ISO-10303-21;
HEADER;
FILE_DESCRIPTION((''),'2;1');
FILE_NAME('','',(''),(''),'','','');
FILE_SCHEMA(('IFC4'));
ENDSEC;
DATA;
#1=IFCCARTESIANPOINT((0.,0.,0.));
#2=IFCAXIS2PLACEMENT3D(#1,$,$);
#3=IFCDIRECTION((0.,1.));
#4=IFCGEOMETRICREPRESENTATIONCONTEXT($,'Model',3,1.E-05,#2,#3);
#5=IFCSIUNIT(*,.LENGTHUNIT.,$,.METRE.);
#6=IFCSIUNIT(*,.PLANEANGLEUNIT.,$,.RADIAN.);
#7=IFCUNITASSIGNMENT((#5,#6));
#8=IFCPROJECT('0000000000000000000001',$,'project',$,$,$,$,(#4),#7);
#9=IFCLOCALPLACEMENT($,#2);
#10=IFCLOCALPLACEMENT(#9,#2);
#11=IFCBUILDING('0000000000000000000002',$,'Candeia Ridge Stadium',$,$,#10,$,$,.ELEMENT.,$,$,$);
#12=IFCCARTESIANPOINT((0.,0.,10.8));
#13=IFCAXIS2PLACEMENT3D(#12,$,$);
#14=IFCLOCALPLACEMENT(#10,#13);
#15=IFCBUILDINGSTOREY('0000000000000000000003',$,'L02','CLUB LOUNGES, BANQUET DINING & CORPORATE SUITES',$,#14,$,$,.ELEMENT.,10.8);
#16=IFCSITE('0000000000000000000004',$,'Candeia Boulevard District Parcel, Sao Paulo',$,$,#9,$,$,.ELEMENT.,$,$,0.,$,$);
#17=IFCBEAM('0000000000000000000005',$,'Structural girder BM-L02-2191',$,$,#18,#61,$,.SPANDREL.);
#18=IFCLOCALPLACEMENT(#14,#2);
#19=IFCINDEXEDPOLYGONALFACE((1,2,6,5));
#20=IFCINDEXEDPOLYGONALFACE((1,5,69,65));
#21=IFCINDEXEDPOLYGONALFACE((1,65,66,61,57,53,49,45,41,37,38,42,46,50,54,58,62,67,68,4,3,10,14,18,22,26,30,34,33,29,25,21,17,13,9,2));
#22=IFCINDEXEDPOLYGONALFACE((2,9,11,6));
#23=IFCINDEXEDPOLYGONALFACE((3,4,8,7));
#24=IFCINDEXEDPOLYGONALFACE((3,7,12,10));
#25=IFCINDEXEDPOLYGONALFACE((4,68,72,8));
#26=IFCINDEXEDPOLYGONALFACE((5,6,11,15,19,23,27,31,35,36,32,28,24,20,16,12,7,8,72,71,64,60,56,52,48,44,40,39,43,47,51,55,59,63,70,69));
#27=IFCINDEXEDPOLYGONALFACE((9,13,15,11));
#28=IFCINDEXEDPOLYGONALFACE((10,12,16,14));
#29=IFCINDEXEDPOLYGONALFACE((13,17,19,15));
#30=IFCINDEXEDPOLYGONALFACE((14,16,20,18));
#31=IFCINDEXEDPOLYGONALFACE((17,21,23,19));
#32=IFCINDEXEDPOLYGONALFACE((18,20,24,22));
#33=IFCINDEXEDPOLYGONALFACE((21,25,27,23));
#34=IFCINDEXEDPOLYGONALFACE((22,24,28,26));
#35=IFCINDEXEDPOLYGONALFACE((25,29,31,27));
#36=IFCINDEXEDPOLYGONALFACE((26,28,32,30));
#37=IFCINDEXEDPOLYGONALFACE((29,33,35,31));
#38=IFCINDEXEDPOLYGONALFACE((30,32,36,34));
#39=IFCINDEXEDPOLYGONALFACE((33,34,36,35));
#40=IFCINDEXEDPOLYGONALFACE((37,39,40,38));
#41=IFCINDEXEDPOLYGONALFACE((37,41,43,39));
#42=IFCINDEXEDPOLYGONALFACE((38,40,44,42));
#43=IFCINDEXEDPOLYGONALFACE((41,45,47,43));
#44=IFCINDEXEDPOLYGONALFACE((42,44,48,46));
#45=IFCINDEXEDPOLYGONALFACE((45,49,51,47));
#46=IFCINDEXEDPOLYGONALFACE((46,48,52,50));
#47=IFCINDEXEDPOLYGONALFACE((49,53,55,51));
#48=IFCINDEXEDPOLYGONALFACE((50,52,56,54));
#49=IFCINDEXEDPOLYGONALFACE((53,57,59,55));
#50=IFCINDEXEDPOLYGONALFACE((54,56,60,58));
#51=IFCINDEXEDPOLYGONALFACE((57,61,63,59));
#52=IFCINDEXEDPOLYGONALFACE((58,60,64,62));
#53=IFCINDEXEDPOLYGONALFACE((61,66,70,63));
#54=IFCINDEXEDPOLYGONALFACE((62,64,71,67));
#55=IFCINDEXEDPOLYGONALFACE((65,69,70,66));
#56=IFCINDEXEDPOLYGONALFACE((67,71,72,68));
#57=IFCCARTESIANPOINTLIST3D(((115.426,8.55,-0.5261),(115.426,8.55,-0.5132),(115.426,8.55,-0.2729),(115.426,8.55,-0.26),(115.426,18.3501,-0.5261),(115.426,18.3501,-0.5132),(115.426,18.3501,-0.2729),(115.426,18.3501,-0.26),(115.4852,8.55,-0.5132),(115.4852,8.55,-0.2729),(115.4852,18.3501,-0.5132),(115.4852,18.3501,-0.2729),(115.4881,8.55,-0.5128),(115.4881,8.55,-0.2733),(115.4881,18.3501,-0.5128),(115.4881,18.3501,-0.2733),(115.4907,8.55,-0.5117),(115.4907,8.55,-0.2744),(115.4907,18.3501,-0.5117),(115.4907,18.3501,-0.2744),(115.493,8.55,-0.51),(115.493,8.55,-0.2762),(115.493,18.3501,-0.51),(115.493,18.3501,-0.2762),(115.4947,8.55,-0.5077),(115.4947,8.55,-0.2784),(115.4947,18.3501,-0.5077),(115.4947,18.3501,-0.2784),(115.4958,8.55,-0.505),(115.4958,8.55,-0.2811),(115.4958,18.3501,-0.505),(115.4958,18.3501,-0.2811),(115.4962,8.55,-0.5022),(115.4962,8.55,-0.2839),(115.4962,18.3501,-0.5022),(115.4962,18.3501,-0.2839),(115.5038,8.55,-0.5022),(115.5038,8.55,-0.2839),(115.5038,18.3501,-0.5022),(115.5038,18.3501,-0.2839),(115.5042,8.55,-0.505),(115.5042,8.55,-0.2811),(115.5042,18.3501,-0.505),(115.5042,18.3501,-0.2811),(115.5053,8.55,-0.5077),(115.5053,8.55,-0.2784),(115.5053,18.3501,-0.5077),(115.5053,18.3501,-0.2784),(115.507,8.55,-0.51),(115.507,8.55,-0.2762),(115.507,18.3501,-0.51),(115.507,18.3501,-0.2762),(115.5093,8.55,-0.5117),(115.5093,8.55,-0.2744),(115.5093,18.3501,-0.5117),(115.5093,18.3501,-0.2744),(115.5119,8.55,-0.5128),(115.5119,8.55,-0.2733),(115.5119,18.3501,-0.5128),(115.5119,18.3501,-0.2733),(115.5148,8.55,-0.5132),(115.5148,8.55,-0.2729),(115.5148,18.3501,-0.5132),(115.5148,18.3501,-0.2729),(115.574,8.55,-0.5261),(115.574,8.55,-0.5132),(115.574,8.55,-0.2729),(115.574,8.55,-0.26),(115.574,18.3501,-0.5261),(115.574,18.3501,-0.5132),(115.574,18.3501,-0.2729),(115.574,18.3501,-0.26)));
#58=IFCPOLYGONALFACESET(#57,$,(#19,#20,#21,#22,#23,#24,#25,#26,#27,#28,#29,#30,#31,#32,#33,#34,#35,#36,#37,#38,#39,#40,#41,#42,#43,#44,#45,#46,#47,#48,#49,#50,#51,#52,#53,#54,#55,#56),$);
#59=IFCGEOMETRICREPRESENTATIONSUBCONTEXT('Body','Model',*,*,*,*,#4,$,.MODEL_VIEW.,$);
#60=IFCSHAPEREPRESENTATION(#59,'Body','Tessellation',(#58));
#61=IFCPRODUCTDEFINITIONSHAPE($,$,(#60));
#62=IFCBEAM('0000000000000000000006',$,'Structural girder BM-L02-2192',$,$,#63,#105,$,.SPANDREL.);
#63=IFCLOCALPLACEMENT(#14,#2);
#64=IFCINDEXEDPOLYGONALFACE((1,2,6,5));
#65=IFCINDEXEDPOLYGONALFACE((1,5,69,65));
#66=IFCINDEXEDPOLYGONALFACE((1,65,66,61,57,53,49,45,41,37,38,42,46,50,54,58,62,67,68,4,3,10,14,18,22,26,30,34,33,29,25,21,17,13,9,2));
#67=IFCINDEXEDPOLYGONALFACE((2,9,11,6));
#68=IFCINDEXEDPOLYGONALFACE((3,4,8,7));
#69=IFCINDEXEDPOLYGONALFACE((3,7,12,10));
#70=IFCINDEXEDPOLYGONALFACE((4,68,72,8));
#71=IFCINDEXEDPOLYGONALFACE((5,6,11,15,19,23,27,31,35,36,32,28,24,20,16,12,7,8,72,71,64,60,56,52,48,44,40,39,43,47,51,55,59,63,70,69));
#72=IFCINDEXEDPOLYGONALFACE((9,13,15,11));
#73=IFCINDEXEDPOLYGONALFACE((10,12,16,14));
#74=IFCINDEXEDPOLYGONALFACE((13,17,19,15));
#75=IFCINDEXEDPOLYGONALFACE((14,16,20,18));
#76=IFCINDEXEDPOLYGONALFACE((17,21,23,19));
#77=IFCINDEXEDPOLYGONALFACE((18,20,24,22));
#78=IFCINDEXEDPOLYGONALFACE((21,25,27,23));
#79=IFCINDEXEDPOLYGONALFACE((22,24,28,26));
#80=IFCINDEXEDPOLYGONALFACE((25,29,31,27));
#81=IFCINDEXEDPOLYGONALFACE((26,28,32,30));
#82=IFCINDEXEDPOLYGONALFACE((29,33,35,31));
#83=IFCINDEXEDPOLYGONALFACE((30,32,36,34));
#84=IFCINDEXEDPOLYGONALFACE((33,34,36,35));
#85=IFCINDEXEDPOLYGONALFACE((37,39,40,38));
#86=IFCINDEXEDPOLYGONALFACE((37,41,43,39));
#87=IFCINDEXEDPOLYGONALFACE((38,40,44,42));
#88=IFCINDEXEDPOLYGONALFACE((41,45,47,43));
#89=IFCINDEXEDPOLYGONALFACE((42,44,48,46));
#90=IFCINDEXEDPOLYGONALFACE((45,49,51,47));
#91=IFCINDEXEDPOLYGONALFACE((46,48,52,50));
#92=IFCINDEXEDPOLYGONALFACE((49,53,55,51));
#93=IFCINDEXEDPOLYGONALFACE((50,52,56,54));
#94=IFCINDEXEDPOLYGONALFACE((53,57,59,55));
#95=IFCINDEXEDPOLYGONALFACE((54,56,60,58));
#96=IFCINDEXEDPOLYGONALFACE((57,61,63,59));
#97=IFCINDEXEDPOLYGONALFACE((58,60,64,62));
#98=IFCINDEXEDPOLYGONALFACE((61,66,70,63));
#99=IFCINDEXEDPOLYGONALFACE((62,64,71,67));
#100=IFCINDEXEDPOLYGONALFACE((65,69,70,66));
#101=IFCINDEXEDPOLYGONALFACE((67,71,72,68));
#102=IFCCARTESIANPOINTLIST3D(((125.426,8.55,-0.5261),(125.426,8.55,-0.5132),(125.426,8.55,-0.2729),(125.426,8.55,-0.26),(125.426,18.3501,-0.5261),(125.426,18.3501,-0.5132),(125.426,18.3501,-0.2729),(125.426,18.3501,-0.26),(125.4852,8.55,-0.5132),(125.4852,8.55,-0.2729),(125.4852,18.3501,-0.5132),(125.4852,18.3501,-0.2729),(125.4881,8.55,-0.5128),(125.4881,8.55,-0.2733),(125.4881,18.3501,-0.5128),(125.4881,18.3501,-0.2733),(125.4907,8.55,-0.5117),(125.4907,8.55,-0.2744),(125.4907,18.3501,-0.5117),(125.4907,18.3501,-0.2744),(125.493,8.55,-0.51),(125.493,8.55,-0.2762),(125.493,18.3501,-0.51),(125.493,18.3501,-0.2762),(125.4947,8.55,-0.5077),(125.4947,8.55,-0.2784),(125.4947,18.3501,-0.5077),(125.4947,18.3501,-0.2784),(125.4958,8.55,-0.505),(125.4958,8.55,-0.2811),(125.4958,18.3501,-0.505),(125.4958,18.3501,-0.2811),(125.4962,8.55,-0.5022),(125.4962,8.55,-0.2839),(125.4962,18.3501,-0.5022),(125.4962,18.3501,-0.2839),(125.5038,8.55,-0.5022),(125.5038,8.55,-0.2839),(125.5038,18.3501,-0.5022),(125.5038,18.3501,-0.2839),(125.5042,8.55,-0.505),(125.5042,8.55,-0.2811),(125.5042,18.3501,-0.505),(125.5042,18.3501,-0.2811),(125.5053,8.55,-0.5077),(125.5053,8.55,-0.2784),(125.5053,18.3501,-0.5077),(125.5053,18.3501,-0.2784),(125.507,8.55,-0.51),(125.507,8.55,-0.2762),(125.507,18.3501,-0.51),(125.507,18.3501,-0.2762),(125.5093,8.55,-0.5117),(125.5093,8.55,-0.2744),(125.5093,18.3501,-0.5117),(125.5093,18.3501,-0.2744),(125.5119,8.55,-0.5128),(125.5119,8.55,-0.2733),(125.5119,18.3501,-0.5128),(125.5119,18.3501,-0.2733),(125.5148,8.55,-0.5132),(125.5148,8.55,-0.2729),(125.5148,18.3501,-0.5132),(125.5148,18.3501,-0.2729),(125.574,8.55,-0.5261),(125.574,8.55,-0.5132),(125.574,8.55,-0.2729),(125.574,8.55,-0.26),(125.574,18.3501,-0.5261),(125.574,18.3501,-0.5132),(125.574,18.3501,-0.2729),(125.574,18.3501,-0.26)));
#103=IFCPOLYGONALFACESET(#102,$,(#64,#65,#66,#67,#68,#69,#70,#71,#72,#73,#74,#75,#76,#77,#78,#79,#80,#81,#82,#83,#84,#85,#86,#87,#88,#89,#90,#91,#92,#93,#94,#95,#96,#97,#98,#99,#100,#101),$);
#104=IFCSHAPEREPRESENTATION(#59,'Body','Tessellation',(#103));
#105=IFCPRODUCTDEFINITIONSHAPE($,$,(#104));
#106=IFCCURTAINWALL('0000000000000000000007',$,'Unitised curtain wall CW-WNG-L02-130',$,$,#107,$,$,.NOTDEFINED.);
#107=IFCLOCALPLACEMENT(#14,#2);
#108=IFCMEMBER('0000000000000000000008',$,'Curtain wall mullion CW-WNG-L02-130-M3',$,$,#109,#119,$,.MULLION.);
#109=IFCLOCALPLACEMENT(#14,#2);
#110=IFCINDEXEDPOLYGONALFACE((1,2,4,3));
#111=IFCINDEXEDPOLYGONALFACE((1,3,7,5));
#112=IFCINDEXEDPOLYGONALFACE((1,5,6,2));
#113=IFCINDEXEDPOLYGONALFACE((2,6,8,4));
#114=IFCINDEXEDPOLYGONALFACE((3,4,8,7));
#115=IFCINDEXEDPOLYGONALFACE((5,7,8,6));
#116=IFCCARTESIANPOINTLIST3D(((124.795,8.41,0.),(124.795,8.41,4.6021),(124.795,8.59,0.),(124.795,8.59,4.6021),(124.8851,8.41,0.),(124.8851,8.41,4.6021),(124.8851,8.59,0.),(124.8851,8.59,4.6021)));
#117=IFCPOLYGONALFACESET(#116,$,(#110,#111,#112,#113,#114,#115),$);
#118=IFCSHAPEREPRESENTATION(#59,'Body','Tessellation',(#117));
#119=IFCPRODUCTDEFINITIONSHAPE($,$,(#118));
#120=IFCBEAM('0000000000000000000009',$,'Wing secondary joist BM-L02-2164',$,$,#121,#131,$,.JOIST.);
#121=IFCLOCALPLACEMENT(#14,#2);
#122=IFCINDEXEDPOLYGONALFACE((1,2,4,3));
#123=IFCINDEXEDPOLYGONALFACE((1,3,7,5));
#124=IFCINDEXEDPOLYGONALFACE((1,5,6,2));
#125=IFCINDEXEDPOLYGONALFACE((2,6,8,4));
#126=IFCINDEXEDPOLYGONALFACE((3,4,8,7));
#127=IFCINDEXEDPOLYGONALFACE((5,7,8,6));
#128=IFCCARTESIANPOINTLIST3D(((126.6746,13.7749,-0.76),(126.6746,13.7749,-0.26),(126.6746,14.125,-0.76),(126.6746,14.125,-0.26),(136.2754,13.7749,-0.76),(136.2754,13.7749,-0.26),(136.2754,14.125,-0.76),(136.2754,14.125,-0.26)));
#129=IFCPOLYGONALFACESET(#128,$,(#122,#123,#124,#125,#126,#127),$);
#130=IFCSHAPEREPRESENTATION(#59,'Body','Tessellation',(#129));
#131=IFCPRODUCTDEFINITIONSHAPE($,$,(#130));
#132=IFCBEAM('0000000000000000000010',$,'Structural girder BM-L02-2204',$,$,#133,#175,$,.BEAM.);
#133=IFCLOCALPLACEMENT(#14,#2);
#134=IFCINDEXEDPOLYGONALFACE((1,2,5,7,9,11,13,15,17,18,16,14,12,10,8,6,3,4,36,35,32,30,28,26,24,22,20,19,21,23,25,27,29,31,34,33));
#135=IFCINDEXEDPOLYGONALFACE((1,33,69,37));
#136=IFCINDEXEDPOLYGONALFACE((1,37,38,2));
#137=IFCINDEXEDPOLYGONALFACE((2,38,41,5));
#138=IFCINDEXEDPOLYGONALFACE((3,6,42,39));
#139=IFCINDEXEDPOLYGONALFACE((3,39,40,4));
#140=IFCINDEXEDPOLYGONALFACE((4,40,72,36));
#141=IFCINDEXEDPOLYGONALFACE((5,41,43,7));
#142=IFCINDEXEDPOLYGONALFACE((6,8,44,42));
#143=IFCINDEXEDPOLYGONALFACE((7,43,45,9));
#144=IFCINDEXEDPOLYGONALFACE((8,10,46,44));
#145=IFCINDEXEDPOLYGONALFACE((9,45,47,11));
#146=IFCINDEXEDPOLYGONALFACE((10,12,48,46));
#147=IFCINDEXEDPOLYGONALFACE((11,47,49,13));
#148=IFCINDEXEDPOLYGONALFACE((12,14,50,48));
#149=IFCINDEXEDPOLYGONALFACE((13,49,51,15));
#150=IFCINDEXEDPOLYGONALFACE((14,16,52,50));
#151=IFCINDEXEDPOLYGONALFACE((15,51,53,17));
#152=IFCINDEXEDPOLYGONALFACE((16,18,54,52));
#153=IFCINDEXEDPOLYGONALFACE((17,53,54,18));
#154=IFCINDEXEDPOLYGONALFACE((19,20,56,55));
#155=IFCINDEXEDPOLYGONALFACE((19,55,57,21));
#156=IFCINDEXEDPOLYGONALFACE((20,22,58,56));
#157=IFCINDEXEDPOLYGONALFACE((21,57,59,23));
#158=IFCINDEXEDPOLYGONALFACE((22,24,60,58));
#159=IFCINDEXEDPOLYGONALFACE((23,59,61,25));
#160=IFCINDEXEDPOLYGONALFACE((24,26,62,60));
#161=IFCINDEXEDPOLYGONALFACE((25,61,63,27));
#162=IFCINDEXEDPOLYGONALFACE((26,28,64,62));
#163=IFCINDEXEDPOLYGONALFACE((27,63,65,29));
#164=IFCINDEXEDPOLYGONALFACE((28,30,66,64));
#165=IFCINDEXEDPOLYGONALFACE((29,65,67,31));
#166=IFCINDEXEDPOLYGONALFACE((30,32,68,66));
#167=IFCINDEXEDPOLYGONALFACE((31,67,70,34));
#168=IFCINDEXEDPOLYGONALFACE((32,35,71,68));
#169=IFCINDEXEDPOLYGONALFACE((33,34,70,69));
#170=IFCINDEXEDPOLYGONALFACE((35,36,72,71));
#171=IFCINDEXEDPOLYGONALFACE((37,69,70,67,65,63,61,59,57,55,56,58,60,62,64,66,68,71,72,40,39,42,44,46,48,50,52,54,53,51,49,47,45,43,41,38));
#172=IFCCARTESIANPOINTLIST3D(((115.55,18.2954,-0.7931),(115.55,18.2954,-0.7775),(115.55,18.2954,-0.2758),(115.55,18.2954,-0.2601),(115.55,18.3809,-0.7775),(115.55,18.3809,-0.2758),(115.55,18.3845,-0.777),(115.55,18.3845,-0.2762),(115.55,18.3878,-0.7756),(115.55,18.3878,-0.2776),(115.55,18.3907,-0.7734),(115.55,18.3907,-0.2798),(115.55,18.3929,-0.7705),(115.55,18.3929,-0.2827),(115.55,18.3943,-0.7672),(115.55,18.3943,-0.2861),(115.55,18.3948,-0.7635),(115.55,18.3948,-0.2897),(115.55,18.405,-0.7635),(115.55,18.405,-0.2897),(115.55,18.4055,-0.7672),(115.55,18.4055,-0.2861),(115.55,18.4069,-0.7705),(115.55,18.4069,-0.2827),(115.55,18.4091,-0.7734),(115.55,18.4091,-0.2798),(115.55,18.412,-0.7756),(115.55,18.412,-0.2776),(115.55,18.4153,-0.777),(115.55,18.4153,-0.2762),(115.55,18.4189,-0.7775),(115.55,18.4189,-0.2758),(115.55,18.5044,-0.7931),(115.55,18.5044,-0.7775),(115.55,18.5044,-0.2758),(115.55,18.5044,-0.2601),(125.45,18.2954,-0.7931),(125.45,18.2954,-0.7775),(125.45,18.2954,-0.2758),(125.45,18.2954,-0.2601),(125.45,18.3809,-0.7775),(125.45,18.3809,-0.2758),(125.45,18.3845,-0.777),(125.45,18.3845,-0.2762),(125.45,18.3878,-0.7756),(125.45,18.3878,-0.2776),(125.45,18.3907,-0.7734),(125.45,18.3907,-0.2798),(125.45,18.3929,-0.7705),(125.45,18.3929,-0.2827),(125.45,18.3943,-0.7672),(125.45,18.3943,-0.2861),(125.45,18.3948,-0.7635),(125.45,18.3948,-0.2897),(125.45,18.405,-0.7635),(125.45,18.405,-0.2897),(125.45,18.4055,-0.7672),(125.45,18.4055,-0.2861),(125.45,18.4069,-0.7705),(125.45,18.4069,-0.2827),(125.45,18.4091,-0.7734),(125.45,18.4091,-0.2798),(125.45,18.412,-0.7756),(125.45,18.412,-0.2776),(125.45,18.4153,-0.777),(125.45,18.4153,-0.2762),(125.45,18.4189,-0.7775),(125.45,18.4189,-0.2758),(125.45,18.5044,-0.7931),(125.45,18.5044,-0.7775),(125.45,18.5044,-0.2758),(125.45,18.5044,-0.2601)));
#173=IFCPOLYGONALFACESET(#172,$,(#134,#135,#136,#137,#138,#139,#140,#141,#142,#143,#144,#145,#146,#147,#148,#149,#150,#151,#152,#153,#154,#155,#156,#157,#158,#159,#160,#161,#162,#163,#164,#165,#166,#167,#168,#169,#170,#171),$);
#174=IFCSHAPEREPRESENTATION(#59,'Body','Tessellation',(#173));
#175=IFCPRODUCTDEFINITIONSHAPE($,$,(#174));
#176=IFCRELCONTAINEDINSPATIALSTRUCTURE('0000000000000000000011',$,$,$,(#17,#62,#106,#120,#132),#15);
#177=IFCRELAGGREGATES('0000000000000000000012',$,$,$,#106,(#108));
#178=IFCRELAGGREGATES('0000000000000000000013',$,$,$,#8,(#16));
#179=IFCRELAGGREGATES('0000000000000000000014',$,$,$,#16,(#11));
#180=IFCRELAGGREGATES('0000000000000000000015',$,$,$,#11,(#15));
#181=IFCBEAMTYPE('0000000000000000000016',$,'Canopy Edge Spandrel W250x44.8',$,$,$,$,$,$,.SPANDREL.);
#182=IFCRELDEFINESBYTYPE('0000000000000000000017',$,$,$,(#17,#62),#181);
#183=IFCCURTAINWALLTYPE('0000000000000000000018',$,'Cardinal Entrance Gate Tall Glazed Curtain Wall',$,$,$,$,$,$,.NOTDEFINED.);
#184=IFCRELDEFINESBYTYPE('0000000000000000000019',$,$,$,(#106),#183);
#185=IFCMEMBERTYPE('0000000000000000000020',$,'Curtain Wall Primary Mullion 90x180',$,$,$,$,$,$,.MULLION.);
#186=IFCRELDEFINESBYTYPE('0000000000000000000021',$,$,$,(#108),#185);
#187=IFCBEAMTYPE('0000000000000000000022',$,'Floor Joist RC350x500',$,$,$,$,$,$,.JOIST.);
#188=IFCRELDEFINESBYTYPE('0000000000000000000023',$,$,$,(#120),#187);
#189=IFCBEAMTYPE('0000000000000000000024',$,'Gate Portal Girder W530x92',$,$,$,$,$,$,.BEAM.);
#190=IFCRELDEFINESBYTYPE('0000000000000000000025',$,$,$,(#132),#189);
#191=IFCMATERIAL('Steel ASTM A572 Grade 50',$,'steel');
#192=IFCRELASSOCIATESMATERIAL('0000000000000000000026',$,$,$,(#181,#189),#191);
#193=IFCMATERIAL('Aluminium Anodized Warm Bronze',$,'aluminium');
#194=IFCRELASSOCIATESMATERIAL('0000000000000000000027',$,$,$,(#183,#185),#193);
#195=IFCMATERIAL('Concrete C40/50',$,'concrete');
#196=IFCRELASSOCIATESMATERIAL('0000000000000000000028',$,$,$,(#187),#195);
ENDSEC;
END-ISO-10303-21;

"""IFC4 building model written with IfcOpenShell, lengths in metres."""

from ifc_helpers import new_model, si_unit, direction, frame, origin, origin_2d, place, context, subcontext, project, spatial, rectangle, i_section, extrude, material, material_profile, profile_set, type_object, element, aggregate, save


model = new_model("IFC4")

# Units and contexts
model_context = context("Model", 3, precision=1e-05, world=origin(), true_north=direction((0.0, 1.0)))
body_context = subcontext(model_context, "Body", "Model", "MODEL_VIEW")
ifc_project = project(units=[si_unit("LENGTHUNIT", "METRE"), si_unit("PLANEANGLEUNIT", "RADIAN")], contexts=[model_context])

# Site, building, storey
site_placement = place(None, origin())
site = spatial("IfcSite", under=ifc_project, at=site_placement, Name="Candeia Boulevard District Parcel, Sao Paulo", CompositionType="ELEMENT", RefElevation=0.0)
building_placement = place(site_placement, origin())
building = spatial("IfcBuilding", under=site, at=building_placement, Name="Candeia Ridge Stadium", CompositionType="ELEMENT")
storey_placement = place(building_placement, frame((0.0, 0.0, 10.8)))
storey = spatial("IfcBuildingStorey", under=building, at=storey_placement, Name="L02", Description="CLUB LOUNGES, BANQUET DINING & CORPORATE SUITES", CompositionType="ELEMENT", Elevation=10.8)

# Shared definitions
ifc_material_1 = material(Name="Steel ASTM A572 Grade 50", Category="steel")
ifc_material_2 = material(Name="Concrete C40/50", Category="concrete")

# Beams
ifc_material_profile_1 = material_profile(ifc_material_1, i_section(OverallWidth=0.1479, OverallDepth=0.2661, WebThickness=0.0076, FlangeThickness=0.0129, FilletRadius=0.011, at=origin_2d()), Name="W250x44.8", Category="steel")
ifc_profile_set_1 = profile_set([ifc_material_profile_1], Name="Steel ASTM A572 Grade 50")
beam_type_1 = type_object("IfcBeamType", Name="Canopy Edge Spandrel W250x44.8", PredefinedType="SPANDREL", material=ifc_profile_set_1)
for number, where, z_axis, x_axis, name in (
    (1, (115.5, 8.55, -0.3931), (0.0, 1.0, 0.0), (-1.0, 0.0, 0.0), "Structural girder BM-L02-2191"),
    (2, (125.5, 8.55, -0.3931), (0.0, 1.0, 0.0), (-1.0, 0.0, 0.0), "Structural girder BM-L02-2192"),
):
    element("IfcBeam", number, at=place(storey_placement, frame(where, z_axis=z_axis, x_axis=x_axis)), inside=storey, type_object=beam_type_1, Name=name, PredefinedType="SPANDREL", context=body_context, shape_type="SweptSolid", body=[
        extrude(i_section(OverallWidth=0.1479, OverallDepth=0.2661, WebThickness=0.0076, FlangeThickness=0.0129, FilletRadius=0.011, at=origin_2d()), origin(), (0.0, 0.0, 1.0), 9.8),
    ])

# Curtain wall, member
ifc_material_3 = material(Name="Aluminium Anodized Warm Bronze", Category="aluminium")
curtain_wall_type = type_object("IfcCurtainWallType", Name="Cardinal Entrance Gate Tall Glazed Curtain Wall", PredefinedType="NOTDEFINED", material=ifc_material_3)
curtain_wall_placement = place(storey_placement, origin())
curtain_wall = element("IfcCurtainWall", 3, at=curtain_wall_placement, inside=storey, type_object=curtain_wall_type, Name="Unitised curtain wall CW-WNG-L02-130", PredefinedType="NOTDEFINED")
ifc_material_profile_2 = material_profile(ifc_material_3, rectangle(XDim=0.0901, YDim=0.1799, at=origin_2d()), Name="CWM-90x180", Category="aluminium")
ifc_profile_set_2 = profile_set([ifc_material_profile_2], Name="Aluminium Anodized Warm Bronze")
member_type = type_object("IfcMemberType", Name="Curtain Wall Primary Mullion 90x180", PredefinedType="MULLION", material=ifc_profile_set_2)
member_placement = place(storey_placement, frame((124.8401, 8.5, 0.0), z_axis=(0.0, 0.0, 1.0), x_axis=(1.0, 0.0, 0.0)))
member = element("IfcMember", 4, at=member_placement, type_object=member_type, Name="Curtain wall mullion CW-WNG-L02-130-M3", PredefinedType="MULLION", context=body_context, shape_type="SweptSolid", body=[
    extrude(rectangle(XDim=0.0901, YDim=0.1799, at=origin_2d()), origin(), (0.0, 0.0, 1.0), 4.6021),
])

# Beams
ifc_material_profile_3 = material_profile(ifc_material_2, rectangle(XDim=0.3501, YDim=0.5, at=origin_2d()), Name="RC350x500", Category="concrete")
ifc_profile_set_3 = profile_set([ifc_material_profile_3], Name="Concrete C40/50")
beam_type_2 = type_object("IfcBeamType", Name="Floor Joist RC350x500", PredefinedType="JOIST", material=ifc_profile_set_3)
beam_1_placement = place(storey_placement, frame((126.6746, 13.95, -0.51), z_axis=(1.0, 0.0, 0.0), x_axis=(0.0, 1.0, 0.0)))
element("IfcBeam", 5, at=beam_1_placement, inside=storey, type_object=beam_type_2, Name="Wing secondary joist BM-L02-2164", PredefinedType="JOIST", context=body_context, shape_type="SweptSolid", body=[
    extrude(rectangle(XDim=0.3501, YDim=0.5, at=origin_2d()), origin(), (0.0, 0.0, 1.0), 9.6008),
])
ifc_material_profile_4 = material_profile(ifc_material_1, i_section(OverallWidth=0.209, OverallDepth=0.533, WebThickness=0.0103, FlangeThickness=0.0156, FilletRadius=0.0139, at=origin_2d()), Name="W530x92", Category="steel")
ifc_profile_set_4 = profile_set([ifc_material_profile_4], Name="Steel ASTM A572 Grade 50")
beam_type_3 = type_object("IfcBeamType", Name="Gate Portal Girder W530x92", PredefinedType="BEAM", material=ifc_profile_set_4)
beam_2_placement = place(storey_placement, frame((115.55, 18.3999, -0.5266), z_axis=(1.0, 0.0, 0.0), x_axis=(0.0, 1.0, 0.0)))
element("IfcBeam", 6, at=beam_2_placement, inside=storey, type_object=beam_type_3, Name="Structural girder BM-L02-2204", PredefinedType="BEAM", context=body_context, shape_type="SweptSolid", body=[
    extrude(i_section(OverallWidth=0.209, OverallDepth=0.533, WebThickness=0.0103, FlangeThickness=0.0156, FilletRadius=0.0139, at=origin_2d()), origin(), (0.0, 0.0, 1.0), 9.8999),
])

aggregate(curtain_wall, [member])

save(model, "model.ifc")
